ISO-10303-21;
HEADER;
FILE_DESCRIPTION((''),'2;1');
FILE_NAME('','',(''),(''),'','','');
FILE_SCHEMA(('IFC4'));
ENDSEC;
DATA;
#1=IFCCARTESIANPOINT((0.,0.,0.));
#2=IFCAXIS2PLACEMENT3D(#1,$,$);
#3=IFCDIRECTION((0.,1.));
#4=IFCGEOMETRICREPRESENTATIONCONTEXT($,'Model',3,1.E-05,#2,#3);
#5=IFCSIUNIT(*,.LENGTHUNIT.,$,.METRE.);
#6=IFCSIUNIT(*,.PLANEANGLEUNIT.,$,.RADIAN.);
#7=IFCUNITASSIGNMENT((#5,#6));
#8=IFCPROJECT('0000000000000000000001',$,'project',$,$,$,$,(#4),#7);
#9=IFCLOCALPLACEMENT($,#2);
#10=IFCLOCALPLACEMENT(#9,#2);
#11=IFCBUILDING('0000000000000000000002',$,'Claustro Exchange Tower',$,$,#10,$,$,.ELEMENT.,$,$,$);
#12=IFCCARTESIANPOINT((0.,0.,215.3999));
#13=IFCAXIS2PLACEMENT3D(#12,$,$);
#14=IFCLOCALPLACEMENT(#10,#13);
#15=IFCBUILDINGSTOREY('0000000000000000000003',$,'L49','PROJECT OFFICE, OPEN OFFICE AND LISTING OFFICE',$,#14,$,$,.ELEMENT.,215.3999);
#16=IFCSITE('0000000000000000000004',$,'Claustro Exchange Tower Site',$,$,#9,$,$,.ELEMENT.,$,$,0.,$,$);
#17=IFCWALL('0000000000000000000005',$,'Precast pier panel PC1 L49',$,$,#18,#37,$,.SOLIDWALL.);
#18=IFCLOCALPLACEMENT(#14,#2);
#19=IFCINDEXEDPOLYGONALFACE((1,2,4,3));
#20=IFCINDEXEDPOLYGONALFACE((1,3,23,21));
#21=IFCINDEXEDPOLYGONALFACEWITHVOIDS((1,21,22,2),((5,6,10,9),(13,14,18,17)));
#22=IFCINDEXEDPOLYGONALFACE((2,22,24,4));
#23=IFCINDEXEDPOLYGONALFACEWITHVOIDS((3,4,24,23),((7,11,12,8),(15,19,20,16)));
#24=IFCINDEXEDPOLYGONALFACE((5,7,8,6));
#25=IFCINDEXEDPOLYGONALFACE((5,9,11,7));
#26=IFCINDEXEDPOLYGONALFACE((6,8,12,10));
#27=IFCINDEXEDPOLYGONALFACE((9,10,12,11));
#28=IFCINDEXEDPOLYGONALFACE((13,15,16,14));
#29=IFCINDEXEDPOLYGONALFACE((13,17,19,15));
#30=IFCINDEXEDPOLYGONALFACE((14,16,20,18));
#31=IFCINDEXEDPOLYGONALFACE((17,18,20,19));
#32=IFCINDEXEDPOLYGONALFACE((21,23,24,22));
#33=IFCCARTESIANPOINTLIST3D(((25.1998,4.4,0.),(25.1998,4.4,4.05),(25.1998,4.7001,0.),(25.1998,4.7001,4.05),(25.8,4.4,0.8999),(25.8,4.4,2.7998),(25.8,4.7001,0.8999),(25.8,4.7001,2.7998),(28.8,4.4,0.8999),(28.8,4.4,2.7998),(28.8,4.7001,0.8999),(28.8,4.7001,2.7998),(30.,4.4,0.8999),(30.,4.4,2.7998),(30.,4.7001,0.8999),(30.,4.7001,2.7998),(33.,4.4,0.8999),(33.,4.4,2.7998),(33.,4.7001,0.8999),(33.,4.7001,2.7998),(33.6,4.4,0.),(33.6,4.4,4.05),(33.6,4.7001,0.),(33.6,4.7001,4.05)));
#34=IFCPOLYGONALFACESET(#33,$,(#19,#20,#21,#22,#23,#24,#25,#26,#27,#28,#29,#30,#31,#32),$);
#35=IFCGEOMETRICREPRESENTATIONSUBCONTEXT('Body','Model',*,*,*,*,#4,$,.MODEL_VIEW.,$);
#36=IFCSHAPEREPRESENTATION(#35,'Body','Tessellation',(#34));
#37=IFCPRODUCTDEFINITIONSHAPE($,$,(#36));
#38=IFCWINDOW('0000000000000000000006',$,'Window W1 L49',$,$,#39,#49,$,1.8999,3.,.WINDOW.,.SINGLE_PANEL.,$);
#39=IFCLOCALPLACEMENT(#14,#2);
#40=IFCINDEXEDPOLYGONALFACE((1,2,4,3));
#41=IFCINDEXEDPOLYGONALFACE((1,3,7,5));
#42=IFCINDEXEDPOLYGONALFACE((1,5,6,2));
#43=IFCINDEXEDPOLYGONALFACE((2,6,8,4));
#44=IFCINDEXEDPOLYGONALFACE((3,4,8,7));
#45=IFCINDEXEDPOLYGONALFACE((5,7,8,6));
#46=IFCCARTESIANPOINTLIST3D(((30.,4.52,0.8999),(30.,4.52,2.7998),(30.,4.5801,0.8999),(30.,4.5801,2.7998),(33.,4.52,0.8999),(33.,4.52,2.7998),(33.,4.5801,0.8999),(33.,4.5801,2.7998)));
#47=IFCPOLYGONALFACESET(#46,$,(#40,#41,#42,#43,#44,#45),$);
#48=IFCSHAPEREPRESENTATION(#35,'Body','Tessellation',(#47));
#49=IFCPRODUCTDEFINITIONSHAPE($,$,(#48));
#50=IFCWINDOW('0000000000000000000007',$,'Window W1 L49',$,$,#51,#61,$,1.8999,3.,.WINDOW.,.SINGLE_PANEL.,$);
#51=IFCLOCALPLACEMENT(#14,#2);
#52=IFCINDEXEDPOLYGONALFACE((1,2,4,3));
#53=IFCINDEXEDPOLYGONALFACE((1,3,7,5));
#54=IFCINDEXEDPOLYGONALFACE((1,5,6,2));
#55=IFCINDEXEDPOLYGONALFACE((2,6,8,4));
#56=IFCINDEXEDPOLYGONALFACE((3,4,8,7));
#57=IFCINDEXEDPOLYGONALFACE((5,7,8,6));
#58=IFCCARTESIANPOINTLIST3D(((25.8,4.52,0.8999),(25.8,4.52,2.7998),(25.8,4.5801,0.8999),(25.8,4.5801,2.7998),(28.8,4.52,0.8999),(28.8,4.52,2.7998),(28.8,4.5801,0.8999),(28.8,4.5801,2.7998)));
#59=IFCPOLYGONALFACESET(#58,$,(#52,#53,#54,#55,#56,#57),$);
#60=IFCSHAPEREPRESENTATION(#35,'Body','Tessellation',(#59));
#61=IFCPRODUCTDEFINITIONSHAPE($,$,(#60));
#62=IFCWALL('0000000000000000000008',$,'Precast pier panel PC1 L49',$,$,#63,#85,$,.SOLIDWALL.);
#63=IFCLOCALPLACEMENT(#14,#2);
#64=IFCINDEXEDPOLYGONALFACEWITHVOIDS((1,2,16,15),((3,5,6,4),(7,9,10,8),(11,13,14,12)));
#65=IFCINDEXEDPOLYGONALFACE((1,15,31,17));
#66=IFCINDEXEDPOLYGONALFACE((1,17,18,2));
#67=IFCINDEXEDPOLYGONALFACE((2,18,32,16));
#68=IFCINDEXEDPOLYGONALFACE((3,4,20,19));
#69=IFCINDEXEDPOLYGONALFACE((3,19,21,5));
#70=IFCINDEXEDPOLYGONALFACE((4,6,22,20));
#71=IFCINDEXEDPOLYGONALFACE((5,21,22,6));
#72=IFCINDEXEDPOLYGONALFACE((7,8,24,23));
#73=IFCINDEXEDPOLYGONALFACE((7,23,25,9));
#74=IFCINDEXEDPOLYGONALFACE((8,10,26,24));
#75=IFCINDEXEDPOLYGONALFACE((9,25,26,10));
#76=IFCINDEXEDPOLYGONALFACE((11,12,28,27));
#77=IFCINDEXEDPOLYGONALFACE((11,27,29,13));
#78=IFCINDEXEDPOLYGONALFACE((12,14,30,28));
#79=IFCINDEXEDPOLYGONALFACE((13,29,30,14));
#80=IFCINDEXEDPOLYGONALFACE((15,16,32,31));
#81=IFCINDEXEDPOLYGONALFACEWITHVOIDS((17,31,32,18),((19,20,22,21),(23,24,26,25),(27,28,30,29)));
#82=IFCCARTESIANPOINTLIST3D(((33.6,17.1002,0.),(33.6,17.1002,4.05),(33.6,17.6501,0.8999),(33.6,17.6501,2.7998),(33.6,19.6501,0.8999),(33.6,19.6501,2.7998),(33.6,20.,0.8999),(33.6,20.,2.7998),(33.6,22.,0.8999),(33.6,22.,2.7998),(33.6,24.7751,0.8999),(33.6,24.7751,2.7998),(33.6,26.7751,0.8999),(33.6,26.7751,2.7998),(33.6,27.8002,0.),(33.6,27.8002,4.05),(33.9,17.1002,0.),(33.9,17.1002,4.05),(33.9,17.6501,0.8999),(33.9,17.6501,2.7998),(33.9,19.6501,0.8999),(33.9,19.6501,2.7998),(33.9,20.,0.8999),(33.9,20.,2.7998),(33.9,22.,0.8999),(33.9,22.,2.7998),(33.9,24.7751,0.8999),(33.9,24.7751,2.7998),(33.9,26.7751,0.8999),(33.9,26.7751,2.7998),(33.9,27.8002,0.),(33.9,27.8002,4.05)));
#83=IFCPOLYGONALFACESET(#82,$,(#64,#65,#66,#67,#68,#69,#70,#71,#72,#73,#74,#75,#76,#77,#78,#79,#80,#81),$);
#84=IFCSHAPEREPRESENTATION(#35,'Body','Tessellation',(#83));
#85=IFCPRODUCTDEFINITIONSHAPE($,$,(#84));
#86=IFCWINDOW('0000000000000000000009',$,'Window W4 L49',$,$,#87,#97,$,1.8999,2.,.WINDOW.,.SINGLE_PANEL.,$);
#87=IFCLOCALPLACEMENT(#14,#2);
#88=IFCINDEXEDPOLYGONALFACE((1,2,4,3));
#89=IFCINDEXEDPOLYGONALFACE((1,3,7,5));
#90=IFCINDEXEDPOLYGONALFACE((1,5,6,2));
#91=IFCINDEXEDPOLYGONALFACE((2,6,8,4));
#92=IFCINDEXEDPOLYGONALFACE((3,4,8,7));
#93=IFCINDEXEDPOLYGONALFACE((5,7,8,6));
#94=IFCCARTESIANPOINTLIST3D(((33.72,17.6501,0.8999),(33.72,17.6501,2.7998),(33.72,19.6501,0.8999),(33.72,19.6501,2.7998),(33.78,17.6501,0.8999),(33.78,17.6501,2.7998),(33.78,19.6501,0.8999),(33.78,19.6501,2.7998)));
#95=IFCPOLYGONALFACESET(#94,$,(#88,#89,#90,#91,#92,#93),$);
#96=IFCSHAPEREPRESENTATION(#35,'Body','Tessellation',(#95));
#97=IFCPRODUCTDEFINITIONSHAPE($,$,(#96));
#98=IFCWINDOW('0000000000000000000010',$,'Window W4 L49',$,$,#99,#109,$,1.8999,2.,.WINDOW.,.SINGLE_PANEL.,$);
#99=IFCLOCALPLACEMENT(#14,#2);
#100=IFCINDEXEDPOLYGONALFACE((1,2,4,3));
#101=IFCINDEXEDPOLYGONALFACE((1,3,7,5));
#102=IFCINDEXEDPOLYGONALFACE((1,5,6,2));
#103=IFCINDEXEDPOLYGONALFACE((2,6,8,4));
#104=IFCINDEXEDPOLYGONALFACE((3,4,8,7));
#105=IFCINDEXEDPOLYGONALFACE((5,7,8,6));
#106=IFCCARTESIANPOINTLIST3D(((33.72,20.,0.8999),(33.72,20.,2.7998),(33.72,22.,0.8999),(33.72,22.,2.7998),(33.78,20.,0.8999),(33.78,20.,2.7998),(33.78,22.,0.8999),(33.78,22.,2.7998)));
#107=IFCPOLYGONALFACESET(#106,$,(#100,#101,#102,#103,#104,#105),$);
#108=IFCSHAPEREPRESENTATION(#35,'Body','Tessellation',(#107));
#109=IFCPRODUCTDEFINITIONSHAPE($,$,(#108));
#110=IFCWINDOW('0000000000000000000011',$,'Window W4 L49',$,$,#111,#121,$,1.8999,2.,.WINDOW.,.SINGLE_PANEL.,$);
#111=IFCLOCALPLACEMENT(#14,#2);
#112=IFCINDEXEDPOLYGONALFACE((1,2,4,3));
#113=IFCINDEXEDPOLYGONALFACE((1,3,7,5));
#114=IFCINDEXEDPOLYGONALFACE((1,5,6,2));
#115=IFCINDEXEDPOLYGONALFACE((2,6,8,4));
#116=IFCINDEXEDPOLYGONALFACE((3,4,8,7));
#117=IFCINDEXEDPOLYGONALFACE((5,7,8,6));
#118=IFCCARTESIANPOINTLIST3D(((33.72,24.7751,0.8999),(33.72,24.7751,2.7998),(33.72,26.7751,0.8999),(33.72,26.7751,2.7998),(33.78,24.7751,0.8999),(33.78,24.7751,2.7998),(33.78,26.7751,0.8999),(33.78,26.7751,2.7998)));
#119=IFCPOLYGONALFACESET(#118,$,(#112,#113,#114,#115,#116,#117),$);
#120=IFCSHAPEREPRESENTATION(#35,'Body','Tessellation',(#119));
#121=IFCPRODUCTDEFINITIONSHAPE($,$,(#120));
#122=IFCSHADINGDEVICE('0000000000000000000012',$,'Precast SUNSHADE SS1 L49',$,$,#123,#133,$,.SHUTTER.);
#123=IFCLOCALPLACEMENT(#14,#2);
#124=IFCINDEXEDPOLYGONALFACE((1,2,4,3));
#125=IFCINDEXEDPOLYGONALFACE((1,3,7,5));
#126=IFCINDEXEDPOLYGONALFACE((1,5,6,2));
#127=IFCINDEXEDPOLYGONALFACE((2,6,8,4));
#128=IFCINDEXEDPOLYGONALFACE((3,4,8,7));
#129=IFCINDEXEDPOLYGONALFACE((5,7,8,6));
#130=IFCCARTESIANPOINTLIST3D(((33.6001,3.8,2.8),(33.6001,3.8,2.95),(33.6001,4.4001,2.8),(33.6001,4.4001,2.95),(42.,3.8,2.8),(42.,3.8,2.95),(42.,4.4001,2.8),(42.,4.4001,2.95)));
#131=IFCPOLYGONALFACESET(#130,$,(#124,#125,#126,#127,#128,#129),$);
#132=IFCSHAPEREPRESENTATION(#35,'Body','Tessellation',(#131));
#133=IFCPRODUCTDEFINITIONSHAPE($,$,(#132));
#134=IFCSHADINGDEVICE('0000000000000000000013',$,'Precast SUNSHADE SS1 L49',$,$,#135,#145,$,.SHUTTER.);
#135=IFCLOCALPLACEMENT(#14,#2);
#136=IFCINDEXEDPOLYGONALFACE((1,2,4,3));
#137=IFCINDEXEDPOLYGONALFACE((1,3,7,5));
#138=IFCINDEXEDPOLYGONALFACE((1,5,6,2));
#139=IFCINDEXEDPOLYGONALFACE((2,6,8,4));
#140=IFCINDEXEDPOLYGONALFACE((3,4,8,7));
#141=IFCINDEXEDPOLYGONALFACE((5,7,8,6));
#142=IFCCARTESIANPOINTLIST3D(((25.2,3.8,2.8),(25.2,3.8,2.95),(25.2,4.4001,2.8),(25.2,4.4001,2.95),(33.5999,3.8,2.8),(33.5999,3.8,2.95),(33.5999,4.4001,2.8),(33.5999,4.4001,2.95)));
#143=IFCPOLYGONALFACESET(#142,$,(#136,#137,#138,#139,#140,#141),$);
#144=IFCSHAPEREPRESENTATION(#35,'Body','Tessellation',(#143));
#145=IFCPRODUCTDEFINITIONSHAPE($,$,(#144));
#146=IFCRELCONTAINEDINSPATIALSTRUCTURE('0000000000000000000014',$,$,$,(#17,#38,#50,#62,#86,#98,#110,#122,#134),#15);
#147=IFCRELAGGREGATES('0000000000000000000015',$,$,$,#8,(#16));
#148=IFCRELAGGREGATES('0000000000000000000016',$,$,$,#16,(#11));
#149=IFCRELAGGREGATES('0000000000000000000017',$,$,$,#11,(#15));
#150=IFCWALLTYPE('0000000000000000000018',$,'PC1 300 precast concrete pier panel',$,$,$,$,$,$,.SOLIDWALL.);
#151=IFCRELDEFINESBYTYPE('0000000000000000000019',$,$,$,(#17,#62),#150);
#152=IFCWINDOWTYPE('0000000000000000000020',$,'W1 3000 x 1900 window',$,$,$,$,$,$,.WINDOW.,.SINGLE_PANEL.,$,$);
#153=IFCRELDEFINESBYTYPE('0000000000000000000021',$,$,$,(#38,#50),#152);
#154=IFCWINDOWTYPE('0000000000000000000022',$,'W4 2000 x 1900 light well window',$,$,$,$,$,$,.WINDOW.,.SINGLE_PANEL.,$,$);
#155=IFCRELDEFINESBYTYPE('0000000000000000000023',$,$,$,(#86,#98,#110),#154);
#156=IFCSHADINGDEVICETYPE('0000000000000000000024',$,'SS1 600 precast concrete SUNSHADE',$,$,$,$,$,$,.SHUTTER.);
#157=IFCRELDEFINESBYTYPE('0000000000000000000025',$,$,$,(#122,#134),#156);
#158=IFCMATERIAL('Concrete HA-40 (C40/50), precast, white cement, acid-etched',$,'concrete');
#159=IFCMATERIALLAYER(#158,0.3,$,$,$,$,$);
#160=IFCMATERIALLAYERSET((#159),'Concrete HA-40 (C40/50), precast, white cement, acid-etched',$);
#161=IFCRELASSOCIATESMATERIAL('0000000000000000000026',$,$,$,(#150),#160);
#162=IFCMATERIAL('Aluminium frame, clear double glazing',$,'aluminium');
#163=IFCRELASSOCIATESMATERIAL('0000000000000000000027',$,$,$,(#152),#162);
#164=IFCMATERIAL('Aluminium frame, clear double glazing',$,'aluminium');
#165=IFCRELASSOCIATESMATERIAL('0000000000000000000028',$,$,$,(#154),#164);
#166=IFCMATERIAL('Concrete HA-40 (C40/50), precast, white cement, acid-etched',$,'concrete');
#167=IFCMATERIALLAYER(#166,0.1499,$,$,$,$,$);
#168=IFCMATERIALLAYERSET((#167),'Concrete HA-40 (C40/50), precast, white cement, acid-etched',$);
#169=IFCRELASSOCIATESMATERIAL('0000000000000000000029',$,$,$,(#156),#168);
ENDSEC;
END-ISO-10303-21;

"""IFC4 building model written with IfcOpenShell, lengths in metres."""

from ifc_helpers import new_model, si_unit, direction, frame, frame_2d, origin, origin_2d, place, context, subcontext, project, spatial, rectangle, extrude, material, layer, layer_set, type_object, element, fill, save


model = new_model("IFC4")

# Units and contexts
model_context = context("Model", 3, precision=1e-05, world=origin(), true_north=direction((0.0, 1.0)))
body_context = subcontext(model_context, "Body", "Model", "MODEL_VIEW")
ifc_project = project(units=[si_unit("LENGTHUNIT", "METRE"), si_unit("PLANEANGLEUNIT", "RADIAN")], contexts=[model_context])

# Site, building, storey
site_placement = place(None, origin())
site = spatial("IfcSite", under=ifc_project, at=site_placement, Name="Claustro Exchange Tower Site", CompositionType="ELEMENT", RefElevation=0.0)
building_placement = place(site_placement, origin())
building = spatial("IfcBuilding", under=site, at=building_placement, Name="Claustro Exchange Tower", CompositionType="ELEMENT")
storey_placement = place(building_placement, frame((0.0, 0.0, 215.3999)))
storey = spatial("IfcBuildingStorey", under=building, at=storey_placement, Name="L49", Description="PROJECT OFFICE, OPEN OFFICE AND LISTING OFFICE", CompositionType="ELEMENT", Elevation=215.3999)

# Walls, openings, windows
ifc_material_1 = material(Name="Concrete HA-40 (C40/50), precast, white cement, acid-etched", Category="concrete")
ifc_layer_1 = layer(ifc_material_1, 0.3)
ifc_layer_set_1 = layer_set([ifc_layer_1], Name="Concrete HA-40 (C40/50), precast, white cement, acid-etched")
wall_type_1 = type_object("IfcWallType", Name="PC1 300 precast concrete pier panel", PredefinedType="SOLIDWALL", material=ifc_layer_set_1)
wall_1_placement = place(storey_placement, frame((33.6001, 4.55, 0.0), z_axis=(0.0, 0.0, 1.0), x_axis=(-1.0, 0.0, 0.0)))
wall_1 = element("IfcWall", 1, at=wall_1_placement, inside=storey, type_object=wall_type_1, Name="Precast pier panel PC1 L49", PredefinedType="SOLIDWALL", context=body_context, shape_type="SweptSolid", body=[
    extrude(rectangle(XDim=8.4001, YDim=0.3, at=frame_2d((4.2002, 0.0))), origin(), (0.0, 0.0, 1.0), 4.05),
])
opening_1_placement = place(wall_1_placement, frame((0.6001, 0.0, 0.8999)))
opening_1 = element("IfcOpeningElement", 2, at=opening_1_placement, cuts=wall_1, PredefinedType="OPENING", context=body_context, shape_type="SweptSolid", body=[
    extrude(rectangle(XDim=3.0, YDim=1.8999, at=frame_2d((1.5, 0.95))), frame((0.0, 0.1599, 0.0), z_axis=(0.0, -1.0, 0.0), x_axis=(1.0, 0.0, 0.0)), (0.0, 0.0, 1.0), 0.3201),
])
opening_2_placement = place(wall_1_placement, frame((4.8, 0.0, 0.8999)))
opening_2 = element("IfcOpeningElement", 3, at=opening_2_placement, cuts=wall_1, PredefinedType="OPENING", context=body_context, shape_type="SweptSolid", body=[
    extrude(rectangle(XDim=3.0, YDim=1.8999, at=frame_2d((1.5, 0.95))), frame((0.0, 0.1599, 0.0), z_axis=(0.0, -1.0, 0.0), x_axis=(1.0, 0.0, 0.0)), (0.0, 0.0, 1.0), 0.3201),
])
ifc_material_2 = material(Name="Aluminium frame, clear double glazing", Category="aluminium")
window_type_1 = type_object("IfcWindowType", Name="W1 3000 x 1900 window", PartitioningType="SINGLE_PANEL", PredefinedType="WINDOW", material=ifc_material_2)
window_1_placement = place(opening_1_placement, origin())
window_1 = element("IfcWindow", 4, at=window_1_placement, inside=storey, type_object=window_type_1, Name="Window W1 L49", OverallHeight=1.8999, OverallWidth=3.0, PartitioningType="SINGLE_PANEL", PredefinedType="WINDOW", context=body_context, shape_type="SweptSolid", body=[
    extrude(rectangle(XDim=3.0, YDim=1.8999, at=frame_2d((1.5, 0.95))), frame((0.0, 0.03, 0.0), z_axis=(0.0, -1.0, 0.0), x_axis=(1.0, 0.0, 0.0)), (0.0, 0.0, 1.0), 0.0601),
])
fill(opening_1, window_1)
window_2_placement = place(opening_2_placement, origin())
window_2 = element("IfcWindow", 5, at=window_2_placement, inside=storey, type_object=window_type_1, Name="Window W1 L49", OverallHeight=1.8999, OverallWidth=3.0, PartitioningType="SINGLE_PANEL", PredefinedType="WINDOW", context=body_context, shape_type="SweptSolid", body=[
    extrude(rectangle(XDim=3.0, YDim=1.8999, at=frame_2d((1.5, 0.95))), frame((0.0, 0.03, 0.0), z_axis=(0.0, -1.0, 0.0), x_axis=(1.0, 0.0, 0.0)), (0.0, 0.0, 1.0), 0.0601),
])
fill(opening_2, window_2)
wall_2_placement = place(storey_placement, frame((33.75, 17.1001, 0.0), z_axis=(0.0, 0.0, 1.0), x_axis=(0.0, 1.0, 0.0)))
wall_2 = element("IfcWall", 6, at=wall_2_placement, inside=storey, type_object=wall_type_1, Name="Precast pier panel PC1 L49", PredefinedType="SOLIDWALL", context=body_context, shape_type="SweptSolid", body=[
    extrude(rectangle(XDim=10.7, YDim=0.3, at=frame_2d((5.3501, 0.0))), origin(), (0.0, 0.0, 1.0), 4.05),
])
opening_3_placement = place(wall_2_placement, frame((0.55, 0.0, 0.8999)))
opening_3 = element("IfcOpeningElement", 7, at=opening_3_placement, cuts=wall_2, PredefinedType="OPENING", context=body_context, shape_type="SweptSolid", body=[
    extrude(rectangle(XDim=2.0, YDim=1.8999, at=frame_2d((1.0, 0.95))), frame((0.0, 0.1599, 0.0), z_axis=(0.0, -1.0, 0.0), x_axis=(1.0, 0.0, 0.0)), (0.0, 0.0, 1.0), 0.3201),
])
opening_4_placement = place(wall_2_placement, frame((2.8999, 0.0, 0.8999)))
opening_4 = element("IfcOpeningElement", 8, at=opening_4_placement, cuts=wall_2, PredefinedType="OPENING", context=body_context, shape_type="SweptSolid", body=[
    extrude(rectangle(XDim=2.0, YDim=1.8999, at=frame_2d((1.0, 0.95))), frame((0.0, 0.1599, 0.0), z_axis=(0.0, -1.0, 0.0), x_axis=(1.0, 0.0, 0.0)), (0.0, 0.0, 1.0), 0.3201),
])
opening_5_placement = place(wall_2_placement, frame((7.675, 0.0, 0.8999)))
opening_5 = element("IfcOpeningElement", 9, at=opening_5_placement, cuts=wall_2, PredefinedType="OPENING", context=body_context, shape_type="SweptSolid", body=[
    extrude(rectangle(XDim=2.0, YDim=1.8999, at=frame_2d((1.0, 0.95))), frame((0.0, 0.1599, 0.0), z_axis=(0.0, -1.0, 0.0), x_axis=(1.0, 0.0, 0.0)), (0.0, 0.0, 1.0), 0.3201),
])
ifc_material_3 = material(Name="Aluminium frame, clear double glazing", Category="aluminium")
window_type_2 = type_object("IfcWindowType", Name="W4 2000 x 1900 light well window", PartitioningType="SINGLE_PANEL", PredefinedType="WINDOW", material=ifc_material_3)
window_3_placement = place(opening_3_placement, origin())
window_3 = element("IfcWindow", 10, at=window_3_placement, inside=storey, type_object=window_type_2, Name="Window W4 L49", OverallHeight=1.8999, OverallWidth=2.0, PartitioningType="SINGLE_PANEL", PredefinedType="WINDOW", context=body_context, shape_type="SweptSolid", body=[
    extrude(rectangle(XDim=2.0, YDim=1.8999, at=frame_2d((1.0, 0.95))), frame((0.0, 0.03, 0.0), z_axis=(0.0, -1.0, 0.0), x_axis=(1.0, 0.0, 0.0)), (0.0, 0.0, 1.0), 0.0601),
])
fill(opening_3, window_3)
window_4_placement = place(opening_4_placement, origin())
window_4 = element("IfcWindow", 11, at=window_4_placement, inside=storey, type_object=window_type_2, Name="Window W4 L49", OverallHeight=1.8999, OverallWidth=2.0, PartitioningType="SINGLE_PANEL", PredefinedType="WINDOW", context=body_context, shape_type="SweptSolid", body=[
    extrude(rectangle(XDim=2.0, YDim=1.8999, at=frame_2d((1.0, 0.95))), frame((0.0, 0.03, 0.0), z_axis=(0.0, -1.0, 0.0), x_axis=(1.0, 0.0, 0.0)), (0.0, 0.0, 1.0), 0.0601),
])
fill(opening_4, window_4)
window_5_placement = place(opening_5_placement, origin())
window_5 = element("IfcWindow", 12, at=window_5_placement, inside=storey, type_object=window_type_2, Name="Window W4 L49", OverallHeight=1.8999, OverallWidth=2.0, PartitioningType="SINGLE_PANEL", PredefinedType="WINDOW", context=body_context, shape_type="SweptSolid", body=[
    extrude(rectangle(XDim=2.0, YDim=1.8999, at=frame_2d((1.0, 0.95))), frame((0.0, 0.03, 0.0), z_axis=(0.0, -1.0, 0.0), x_axis=(1.0, 0.0, 0.0)), (0.0, 0.0, 1.0), 0.0601),
])
fill(opening_5, window_5)

# Shading devices
ifc_material_4 = material(Name="Concrete HA-40 (C40/50), precast, white cement, acid-etched", Category="concrete")
ifc_layer_2 = layer(ifc_material_4, 0.1499)
ifc_layer_set_2 = layer_set([ifc_layer_2], Name="Concrete HA-40 (C40/50), precast, white cement, acid-etched")
shading_device_type = type_object("IfcShadingDeviceType", Name="SS1 600 precast concrete SUNSHADE", PredefinedType="SHUTTER", material=ifc_layer_set_2)
for number, where, z_axis, x_axis, name in (
    (13, (37.8, 4.1001, 2.8), (0.0, 0.0, 1.0), (-1.0, 0.0, 0.0), "Precast SUNSHADE SS1 L49"),
    (14, (29.3999, 4.1001, 2.8), (0.0, 0.0, 1.0), (-1.0, 0.0, 0.0), "Precast SUNSHADE SS1 L49"),
):
    element("IfcShadingDevice", number, at=place(storey_placement, frame(where, z_axis=z_axis, x_axis=x_axis)), inside=storey, type_object=shading_device_type, Name=name, PredefinedType="SHUTTER", context=body_context, shape_type="SweptSolid", body=[
        extrude(rectangle(XDim=8.3999, YDim=0.6001, at=origin_2d()), origin(), (0.0, 0.0, 1.0), 0.1499),
    ])

save(model, "model.ifc")
